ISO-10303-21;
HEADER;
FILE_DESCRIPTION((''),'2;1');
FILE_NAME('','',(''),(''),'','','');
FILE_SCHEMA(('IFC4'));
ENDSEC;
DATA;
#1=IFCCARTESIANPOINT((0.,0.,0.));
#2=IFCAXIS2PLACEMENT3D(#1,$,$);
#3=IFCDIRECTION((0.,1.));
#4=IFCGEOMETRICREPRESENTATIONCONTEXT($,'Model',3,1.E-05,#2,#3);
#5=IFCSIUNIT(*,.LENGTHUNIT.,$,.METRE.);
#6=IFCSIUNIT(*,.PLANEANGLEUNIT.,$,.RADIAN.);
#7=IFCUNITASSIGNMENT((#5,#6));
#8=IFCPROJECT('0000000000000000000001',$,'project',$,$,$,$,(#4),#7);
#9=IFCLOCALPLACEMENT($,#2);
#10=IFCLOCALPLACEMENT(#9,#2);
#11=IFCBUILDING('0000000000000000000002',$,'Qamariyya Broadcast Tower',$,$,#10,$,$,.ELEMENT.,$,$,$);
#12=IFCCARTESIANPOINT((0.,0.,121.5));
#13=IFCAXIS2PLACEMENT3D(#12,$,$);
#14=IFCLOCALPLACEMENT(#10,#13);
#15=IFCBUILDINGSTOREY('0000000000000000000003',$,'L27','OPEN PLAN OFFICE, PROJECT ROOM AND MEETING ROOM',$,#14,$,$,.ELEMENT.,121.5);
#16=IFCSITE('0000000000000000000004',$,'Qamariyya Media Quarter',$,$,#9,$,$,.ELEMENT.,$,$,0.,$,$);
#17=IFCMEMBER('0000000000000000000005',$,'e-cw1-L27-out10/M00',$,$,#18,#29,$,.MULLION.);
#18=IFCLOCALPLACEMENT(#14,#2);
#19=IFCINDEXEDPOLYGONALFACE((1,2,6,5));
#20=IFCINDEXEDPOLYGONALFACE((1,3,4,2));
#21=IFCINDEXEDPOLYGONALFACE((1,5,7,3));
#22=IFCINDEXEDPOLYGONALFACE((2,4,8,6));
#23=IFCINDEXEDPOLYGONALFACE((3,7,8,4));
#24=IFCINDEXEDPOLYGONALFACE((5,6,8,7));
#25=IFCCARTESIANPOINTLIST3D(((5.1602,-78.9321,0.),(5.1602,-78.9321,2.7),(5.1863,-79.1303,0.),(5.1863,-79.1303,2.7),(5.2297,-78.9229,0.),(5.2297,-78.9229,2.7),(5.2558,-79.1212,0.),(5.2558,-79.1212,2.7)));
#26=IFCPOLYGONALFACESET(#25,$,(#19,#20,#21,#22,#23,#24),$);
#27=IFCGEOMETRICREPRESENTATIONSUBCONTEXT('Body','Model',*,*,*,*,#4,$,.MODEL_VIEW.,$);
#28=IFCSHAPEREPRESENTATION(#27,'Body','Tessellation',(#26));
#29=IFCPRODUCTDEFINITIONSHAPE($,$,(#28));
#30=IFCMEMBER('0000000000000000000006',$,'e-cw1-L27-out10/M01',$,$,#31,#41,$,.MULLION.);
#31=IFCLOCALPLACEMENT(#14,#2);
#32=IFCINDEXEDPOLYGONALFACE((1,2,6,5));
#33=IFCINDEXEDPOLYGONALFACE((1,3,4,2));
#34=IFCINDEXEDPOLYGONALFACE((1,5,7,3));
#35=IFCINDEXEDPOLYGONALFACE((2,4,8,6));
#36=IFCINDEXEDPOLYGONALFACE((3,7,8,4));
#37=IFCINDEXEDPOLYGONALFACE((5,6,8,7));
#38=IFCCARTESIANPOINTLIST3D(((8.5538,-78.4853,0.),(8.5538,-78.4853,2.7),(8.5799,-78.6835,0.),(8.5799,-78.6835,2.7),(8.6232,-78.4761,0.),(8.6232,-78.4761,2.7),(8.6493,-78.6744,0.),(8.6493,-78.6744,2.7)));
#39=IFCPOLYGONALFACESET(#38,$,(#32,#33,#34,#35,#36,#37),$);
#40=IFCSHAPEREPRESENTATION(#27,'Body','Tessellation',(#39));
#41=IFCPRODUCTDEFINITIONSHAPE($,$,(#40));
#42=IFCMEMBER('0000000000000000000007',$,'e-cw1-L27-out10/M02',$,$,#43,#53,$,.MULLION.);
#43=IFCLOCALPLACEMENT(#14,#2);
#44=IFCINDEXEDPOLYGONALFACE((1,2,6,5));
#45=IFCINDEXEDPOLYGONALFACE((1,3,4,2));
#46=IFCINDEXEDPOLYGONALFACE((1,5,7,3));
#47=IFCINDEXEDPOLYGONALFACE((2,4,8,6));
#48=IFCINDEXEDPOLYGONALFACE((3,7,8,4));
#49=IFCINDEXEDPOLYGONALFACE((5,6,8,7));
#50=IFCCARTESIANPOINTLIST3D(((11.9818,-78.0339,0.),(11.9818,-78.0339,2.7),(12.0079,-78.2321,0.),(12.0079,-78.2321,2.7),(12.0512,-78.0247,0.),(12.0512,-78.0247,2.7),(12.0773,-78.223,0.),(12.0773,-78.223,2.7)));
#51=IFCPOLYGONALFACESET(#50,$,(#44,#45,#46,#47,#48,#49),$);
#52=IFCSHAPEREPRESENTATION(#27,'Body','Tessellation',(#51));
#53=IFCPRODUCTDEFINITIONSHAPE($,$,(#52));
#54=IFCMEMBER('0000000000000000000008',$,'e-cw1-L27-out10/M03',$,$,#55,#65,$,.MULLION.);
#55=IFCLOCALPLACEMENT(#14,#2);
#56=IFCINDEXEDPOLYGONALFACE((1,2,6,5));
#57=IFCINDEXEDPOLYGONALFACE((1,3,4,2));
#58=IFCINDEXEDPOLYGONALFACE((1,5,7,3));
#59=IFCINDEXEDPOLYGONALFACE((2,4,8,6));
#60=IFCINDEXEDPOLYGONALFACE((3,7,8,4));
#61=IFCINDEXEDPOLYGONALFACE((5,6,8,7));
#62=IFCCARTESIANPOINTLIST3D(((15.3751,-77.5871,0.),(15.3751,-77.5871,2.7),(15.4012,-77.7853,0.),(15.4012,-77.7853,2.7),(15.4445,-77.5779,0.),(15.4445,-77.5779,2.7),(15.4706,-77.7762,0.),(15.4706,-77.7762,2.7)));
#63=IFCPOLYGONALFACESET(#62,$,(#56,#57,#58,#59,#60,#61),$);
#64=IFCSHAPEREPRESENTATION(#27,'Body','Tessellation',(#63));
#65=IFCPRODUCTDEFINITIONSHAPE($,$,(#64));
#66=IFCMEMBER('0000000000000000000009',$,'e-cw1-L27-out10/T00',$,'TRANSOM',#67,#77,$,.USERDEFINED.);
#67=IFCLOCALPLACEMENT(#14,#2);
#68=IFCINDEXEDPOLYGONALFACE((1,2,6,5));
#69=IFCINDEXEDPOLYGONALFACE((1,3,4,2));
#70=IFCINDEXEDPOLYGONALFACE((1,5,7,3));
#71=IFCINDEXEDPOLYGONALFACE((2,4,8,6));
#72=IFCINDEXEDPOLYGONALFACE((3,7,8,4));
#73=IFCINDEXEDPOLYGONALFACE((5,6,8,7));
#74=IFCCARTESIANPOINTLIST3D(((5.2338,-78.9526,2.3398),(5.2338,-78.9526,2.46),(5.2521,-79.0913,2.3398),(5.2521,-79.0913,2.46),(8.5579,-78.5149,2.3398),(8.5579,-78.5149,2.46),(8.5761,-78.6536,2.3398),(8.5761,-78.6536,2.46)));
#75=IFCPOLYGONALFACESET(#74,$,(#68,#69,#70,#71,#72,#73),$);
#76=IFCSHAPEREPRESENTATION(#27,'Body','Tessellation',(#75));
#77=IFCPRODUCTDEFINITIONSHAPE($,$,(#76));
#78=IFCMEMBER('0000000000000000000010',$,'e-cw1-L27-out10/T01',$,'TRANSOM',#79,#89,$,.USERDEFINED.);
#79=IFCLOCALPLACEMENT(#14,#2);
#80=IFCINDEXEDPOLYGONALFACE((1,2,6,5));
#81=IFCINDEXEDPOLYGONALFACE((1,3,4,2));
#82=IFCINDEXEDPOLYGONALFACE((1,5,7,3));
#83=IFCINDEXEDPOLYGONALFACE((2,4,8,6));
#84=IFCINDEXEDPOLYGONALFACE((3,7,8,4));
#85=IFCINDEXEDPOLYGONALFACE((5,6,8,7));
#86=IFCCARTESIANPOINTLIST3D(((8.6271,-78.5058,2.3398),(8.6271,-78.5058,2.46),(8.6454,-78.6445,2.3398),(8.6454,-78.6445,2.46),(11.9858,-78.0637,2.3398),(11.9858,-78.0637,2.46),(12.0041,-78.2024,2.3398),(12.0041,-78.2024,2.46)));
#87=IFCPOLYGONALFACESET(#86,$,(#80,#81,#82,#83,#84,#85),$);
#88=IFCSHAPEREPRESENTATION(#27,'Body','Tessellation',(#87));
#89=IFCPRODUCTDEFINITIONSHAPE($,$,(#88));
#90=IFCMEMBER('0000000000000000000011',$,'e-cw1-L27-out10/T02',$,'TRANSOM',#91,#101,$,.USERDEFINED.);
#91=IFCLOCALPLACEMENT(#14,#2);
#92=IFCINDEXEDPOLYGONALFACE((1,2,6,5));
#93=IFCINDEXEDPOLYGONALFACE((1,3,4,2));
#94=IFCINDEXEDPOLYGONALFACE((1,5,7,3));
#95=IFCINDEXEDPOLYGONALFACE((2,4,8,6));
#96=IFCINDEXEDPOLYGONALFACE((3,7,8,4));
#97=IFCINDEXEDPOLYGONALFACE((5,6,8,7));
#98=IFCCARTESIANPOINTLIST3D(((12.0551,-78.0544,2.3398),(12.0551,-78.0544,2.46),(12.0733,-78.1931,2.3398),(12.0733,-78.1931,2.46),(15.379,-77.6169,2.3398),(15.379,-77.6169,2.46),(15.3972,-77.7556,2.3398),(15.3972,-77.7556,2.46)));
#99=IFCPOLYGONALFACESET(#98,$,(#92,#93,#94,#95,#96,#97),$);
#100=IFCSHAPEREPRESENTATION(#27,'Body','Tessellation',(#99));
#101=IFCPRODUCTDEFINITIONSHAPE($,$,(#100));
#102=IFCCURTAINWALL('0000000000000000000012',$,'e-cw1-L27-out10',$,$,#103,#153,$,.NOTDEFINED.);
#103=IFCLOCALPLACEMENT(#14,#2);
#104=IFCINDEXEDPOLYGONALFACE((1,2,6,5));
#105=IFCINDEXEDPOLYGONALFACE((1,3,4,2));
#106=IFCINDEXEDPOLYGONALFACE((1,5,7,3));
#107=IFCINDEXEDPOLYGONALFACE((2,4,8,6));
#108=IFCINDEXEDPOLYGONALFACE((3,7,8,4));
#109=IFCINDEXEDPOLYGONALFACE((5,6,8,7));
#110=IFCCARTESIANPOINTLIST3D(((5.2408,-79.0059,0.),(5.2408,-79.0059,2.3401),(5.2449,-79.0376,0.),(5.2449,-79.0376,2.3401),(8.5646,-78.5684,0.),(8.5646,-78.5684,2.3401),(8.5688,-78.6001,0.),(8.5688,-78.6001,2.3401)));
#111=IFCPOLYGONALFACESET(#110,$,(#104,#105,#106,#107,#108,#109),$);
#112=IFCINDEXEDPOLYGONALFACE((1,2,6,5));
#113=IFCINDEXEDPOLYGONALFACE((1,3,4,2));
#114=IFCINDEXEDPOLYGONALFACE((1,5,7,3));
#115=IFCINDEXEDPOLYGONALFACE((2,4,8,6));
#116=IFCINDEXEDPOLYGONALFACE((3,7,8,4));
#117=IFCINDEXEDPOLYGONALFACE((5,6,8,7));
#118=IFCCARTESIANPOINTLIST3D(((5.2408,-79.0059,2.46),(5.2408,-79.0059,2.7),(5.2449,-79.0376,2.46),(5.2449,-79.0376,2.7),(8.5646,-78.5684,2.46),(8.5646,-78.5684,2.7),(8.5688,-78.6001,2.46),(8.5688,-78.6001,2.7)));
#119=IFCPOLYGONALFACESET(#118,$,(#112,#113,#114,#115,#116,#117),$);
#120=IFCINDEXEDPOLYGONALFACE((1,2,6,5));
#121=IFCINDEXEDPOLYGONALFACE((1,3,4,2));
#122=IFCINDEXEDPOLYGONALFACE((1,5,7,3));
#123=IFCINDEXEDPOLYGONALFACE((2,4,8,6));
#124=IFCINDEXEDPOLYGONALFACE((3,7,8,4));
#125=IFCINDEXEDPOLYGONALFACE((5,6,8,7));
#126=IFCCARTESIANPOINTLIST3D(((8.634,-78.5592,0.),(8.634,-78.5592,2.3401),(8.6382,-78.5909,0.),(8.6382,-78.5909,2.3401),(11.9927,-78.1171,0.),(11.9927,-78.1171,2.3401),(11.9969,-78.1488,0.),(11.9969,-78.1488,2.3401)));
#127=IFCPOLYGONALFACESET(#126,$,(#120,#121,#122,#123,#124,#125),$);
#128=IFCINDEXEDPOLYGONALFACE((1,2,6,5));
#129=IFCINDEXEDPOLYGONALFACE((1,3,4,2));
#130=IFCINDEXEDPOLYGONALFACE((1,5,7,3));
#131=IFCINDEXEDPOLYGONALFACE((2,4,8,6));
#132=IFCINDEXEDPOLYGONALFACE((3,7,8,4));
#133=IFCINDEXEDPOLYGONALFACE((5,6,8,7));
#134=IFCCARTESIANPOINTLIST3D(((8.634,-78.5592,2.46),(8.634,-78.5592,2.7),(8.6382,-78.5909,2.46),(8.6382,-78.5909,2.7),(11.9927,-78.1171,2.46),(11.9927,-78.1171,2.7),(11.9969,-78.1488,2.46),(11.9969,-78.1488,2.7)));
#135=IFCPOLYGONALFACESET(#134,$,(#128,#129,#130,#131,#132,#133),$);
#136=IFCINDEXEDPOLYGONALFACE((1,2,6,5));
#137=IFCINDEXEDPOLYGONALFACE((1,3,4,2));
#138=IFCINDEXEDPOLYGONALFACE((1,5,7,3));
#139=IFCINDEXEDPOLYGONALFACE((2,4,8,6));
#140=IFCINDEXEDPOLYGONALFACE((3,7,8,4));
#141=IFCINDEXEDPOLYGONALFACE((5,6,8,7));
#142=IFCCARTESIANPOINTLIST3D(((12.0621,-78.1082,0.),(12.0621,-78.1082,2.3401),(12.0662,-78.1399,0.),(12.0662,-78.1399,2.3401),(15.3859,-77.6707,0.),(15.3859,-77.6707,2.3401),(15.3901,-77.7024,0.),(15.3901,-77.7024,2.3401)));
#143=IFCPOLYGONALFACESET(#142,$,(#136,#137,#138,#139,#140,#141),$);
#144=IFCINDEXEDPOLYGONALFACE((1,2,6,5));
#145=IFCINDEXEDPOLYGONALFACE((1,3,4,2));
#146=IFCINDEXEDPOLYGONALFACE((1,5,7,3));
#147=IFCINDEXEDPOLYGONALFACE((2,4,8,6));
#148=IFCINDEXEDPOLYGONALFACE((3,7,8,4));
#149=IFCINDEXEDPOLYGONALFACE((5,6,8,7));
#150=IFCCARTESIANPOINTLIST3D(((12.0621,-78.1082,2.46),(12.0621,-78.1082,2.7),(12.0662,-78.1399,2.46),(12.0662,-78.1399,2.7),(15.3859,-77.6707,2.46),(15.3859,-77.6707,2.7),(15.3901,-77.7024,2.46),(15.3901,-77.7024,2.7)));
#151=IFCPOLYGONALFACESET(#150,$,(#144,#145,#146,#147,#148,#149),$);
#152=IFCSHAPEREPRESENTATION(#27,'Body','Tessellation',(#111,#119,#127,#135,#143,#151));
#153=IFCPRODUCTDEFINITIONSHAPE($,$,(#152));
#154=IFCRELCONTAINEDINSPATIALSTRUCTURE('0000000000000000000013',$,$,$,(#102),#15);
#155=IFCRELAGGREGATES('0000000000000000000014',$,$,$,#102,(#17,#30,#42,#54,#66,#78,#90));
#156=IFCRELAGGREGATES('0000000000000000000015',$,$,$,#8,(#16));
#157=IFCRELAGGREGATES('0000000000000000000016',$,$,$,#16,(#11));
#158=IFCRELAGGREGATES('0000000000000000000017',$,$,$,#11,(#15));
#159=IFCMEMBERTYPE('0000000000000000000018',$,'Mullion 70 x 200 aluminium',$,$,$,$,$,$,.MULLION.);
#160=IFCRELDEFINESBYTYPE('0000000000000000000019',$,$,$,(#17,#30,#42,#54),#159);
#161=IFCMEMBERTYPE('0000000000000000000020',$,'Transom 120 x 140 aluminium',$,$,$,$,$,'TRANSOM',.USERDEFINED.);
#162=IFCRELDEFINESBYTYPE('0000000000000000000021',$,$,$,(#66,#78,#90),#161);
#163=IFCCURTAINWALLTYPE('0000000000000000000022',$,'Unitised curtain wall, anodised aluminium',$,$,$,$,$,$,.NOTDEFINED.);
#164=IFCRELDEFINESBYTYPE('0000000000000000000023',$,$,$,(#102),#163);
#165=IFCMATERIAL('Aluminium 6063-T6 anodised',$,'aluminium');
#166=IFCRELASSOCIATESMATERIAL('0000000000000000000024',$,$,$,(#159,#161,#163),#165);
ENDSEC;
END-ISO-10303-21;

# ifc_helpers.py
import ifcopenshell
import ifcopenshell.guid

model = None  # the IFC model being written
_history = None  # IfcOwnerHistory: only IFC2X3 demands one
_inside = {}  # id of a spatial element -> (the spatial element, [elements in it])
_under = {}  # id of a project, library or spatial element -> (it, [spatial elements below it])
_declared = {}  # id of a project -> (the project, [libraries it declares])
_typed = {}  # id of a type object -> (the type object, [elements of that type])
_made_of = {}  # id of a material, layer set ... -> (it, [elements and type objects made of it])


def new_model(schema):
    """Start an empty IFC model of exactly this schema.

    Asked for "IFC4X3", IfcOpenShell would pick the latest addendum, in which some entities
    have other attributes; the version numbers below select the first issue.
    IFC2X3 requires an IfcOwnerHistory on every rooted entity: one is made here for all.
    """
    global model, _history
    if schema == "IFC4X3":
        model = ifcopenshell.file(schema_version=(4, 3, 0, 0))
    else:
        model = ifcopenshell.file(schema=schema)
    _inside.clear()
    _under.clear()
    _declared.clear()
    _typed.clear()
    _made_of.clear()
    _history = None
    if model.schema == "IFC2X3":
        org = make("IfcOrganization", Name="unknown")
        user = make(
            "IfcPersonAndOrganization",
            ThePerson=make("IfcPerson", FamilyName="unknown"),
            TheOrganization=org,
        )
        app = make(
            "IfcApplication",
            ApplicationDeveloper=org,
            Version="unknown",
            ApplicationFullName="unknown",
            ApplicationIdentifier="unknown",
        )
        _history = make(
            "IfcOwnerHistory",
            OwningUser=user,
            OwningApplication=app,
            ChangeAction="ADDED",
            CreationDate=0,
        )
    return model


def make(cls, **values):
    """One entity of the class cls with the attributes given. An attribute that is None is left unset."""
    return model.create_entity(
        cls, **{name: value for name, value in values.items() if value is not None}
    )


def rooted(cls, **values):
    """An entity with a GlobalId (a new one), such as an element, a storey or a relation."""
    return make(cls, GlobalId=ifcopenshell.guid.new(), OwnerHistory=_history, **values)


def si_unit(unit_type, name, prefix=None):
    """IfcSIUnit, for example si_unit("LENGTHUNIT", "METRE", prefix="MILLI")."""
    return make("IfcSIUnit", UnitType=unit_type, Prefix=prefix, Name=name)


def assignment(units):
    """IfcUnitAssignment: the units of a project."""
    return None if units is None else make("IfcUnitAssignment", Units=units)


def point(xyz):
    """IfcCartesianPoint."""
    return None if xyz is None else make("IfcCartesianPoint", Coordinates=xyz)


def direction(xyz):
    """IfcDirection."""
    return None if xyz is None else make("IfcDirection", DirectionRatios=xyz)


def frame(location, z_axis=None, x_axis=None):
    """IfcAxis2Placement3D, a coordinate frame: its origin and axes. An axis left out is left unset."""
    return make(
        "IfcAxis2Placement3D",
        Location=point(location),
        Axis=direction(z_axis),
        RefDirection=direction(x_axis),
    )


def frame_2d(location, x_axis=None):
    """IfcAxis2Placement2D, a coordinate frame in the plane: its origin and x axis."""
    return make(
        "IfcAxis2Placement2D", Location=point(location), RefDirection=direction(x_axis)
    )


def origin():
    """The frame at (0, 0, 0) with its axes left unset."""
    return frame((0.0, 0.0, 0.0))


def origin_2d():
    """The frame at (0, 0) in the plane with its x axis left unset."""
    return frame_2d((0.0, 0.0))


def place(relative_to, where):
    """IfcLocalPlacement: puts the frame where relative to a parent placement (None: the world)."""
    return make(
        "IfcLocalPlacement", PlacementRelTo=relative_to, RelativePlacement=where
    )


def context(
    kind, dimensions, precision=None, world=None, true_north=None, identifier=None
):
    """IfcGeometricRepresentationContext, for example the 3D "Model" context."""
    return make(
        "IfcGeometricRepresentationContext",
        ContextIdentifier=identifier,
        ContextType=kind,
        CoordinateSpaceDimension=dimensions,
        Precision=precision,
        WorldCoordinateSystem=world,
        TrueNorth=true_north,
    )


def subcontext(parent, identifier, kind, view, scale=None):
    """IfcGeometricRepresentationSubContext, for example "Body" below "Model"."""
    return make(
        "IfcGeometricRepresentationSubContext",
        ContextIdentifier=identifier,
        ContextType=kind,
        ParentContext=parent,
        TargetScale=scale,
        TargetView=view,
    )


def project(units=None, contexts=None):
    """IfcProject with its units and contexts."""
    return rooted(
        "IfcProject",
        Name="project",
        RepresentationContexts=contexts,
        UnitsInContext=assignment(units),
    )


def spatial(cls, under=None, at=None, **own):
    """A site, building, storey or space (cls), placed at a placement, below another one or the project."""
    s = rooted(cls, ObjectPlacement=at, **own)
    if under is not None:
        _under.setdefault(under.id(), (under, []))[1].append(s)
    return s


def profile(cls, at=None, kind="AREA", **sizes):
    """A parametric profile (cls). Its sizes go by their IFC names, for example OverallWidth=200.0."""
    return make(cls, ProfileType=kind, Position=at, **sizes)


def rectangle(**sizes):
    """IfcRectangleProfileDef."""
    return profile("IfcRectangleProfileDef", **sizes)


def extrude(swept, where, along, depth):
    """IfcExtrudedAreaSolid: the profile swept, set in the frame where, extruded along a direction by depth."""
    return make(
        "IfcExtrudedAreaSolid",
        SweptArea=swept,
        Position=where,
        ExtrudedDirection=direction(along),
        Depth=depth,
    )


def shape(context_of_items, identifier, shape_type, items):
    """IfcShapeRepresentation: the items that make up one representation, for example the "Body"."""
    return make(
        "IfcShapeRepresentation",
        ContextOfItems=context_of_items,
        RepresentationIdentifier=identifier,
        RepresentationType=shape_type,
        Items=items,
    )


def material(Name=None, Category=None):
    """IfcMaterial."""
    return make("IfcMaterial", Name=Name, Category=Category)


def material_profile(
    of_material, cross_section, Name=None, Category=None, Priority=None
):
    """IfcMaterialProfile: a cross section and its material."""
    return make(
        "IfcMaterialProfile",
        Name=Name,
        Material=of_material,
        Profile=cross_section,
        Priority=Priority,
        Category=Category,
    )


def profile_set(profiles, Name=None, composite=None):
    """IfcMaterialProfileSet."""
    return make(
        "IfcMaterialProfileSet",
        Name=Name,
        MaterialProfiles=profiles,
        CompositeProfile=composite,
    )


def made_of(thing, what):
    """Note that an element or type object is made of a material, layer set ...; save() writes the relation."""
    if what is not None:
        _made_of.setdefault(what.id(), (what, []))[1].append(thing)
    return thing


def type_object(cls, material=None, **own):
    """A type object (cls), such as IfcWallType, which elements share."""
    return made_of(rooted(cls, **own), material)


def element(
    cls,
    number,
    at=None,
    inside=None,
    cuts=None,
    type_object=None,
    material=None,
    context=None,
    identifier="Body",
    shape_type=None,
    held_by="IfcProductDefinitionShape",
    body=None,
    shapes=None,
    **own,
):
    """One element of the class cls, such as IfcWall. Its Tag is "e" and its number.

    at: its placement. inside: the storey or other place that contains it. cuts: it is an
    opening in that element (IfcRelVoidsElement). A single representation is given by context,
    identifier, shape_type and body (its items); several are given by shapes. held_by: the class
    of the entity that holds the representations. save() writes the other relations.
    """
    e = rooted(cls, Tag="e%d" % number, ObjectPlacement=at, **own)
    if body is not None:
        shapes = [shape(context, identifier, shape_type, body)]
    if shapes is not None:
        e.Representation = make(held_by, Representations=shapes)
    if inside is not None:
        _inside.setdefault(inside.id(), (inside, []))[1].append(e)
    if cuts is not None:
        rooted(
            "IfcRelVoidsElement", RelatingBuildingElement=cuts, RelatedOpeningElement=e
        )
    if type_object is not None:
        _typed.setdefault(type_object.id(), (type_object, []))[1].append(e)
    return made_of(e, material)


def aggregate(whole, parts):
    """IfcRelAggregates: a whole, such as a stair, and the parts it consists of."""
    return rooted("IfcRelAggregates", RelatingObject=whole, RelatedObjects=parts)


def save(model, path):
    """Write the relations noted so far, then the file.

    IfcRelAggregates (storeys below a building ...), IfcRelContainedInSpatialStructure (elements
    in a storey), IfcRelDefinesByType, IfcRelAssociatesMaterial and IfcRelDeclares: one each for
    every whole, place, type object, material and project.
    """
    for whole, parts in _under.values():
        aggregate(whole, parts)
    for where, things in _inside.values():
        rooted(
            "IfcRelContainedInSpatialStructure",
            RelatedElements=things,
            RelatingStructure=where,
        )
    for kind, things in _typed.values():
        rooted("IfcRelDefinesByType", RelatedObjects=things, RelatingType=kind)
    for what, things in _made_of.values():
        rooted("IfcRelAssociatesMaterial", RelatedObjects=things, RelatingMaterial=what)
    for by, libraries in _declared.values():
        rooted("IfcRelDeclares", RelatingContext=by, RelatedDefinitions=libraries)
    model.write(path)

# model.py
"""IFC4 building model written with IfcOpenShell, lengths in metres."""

from ifc_helpers import new_model, si_unit, direction, frame, origin, origin_2d, place, context, subcontext, project, spatial, rectangle, extrude, material, material_profile, profile_set, type_object, element, aggregate, save


model = new_model("IFC4")

# Units and contexts
model_context = context("Model", 3, precision=1e-05, world=origin(), true_north=direction((0.0, 1.0)))
body_context = subcontext(model_context, "Body", "Model", "MODEL_VIEW")
ifc_project = project(units=[si_unit("LENGTHUNIT", "METRE"), si_unit("PLANEANGLEUNIT", "RADIAN")], contexts=[model_context])

# Members
ifc_material = material(Name="Aluminium 6063-T6 anodised", Category="aluminium")
ifc_material_profile_1 = material_profile(ifc_material, rectangle(XDim=0.2, YDim=0.0701, at=origin_2d()))
ifc_profile_set_1 = profile_set([ifc_material_profile_1], Name="Aluminium 6063-T6 anodised")
member_type_1 = type_object("IfcMemberType", Name="Mullion 70 x 200 aluminium", PredefinedType="MULLION", material=ifc_profile_set_1)
site_placement = place(None, origin())
building_placement = place(site_placement, origin())
storey_placement = place(building_placement, frame((0.0, 0.0, 121.5)))
member_1_placement = place(storey_placement, frame((5.208, -79.0266, 0.0), z_axis=(0.0, 0.0, 1.0), x_axis=(-0.130526, 0.991445, 0.0)))
member_1 = element("IfcMember", 1, at=member_1_placement, type_object=member_type_1, Name="e-cw1-L27-out10/M00", PredefinedType="MULLION", context=body_context, shape_type="SweptSolid", body=[
    extrude(rectangle(XDim=0.2, YDim=0.0701, at=origin_2d()), origin(), (0.0, 0.0, 1.0), 2.7),
])
member_2_placement = place(storey_placement, frame((8.6016, -78.5798, 0.0), z_axis=(0.0, 0.0, 1.0), x_axis=(-0.130526, 0.991445, 0.0)))
member_2 = element("IfcMember", 2, at=member_2_placement, type_object=member_type_1, Name="e-cw1-L27-out10/M01", PredefinedType="MULLION", context=body_context, shape_type="SweptSolid", body=[
    extrude(rectangle(XDim=0.2, YDim=0.0701, at=origin_2d()), origin(), (0.0, 0.0, 1.0), 2.7),
])
member_3_placement = place(storey_placement, frame((12.0295, -78.1284, 0.0), z_axis=(0.0, 0.0, 1.0), x_axis=(-0.130526, 0.991445, 0.0)))
member_3 = element("IfcMember", 3, at=member_3_placement, type_object=member_type_1, Name="e-cw1-L27-out10/M02", PredefinedType="MULLION", context=body_context, shape_type="SweptSolid", body=[
    extrude(rectangle(XDim=0.2, YDim=0.0701, at=origin_2d()), origin(), (0.0, 0.0, 1.0), 2.7),
])
member_4_placement = place(storey_placement, frame((15.4229, -77.6816, 0.0), z_axis=(0.0, 0.0, 1.0), x_axis=(-0.130526, 0.991445, 0.0)))
member_4 = element("IfcMember", 4, at=member_4_placement, type_object=member_type_1, Name="e-cw1-L27-out10/M03", PredefinedType="MULLION", context=body_context, shape_type="SweptSolid", body=[
    extrude(rectangle(XDim=0.2, YDim=0.0701, at=origin_2d()), origin(), (0.0, 0.0, 1.0), 2.7),
])
ifc_material_profile_2 = material_profile(ifc_material, rectangle(XDim=0.1399, YDim=0.1201, at=origin_2d()))
ifc_profile_set_2 = profile_set([ifc_material_profile_2], Name="Aluminium 6063-T6 anodised")
member_type_2 = type_object("IfcMemberType", Name="Transom 120 x 140 aluminium", ElementType="TRANSOM", PredefinedType="USERDEFINED", material=ifc_profile_set_2)
member_5_placement = place(storey_placement, frame((5.2429, -79.022, 2.3999), z_axis=(0.99144, 0.130566, 0.0), x_axis=(-0.130566, 0.99144, 0.0)))
member_5 = element("IfcMember", 5, at=member_5_placement, type_object=member_type_2, Name="e-cw1-L27-out10/T00", ObjectType="TRANSOM", PredefinedType="USERDEFINED", context=body_context, shape_type="SweptSolid", body=[
    extrude(rectangle(XDim=0.1399, YDim=0.1201, at=origin_2d()), origin(), (0.0, 0.0, 1.0), 3.3528),
])
member_6_placement = place(storey_placement, frame((8.6362, -78.5752, 2.3999), z_axis=(0.991446, 0.130516, 0.0), x_axis=(-0.130516, 0.991446, 0.0)))
member_6 = element("IfcMember", 6, at=member_6_placement, type_object=member_type_2, Name="e-cw1-L27-out10/T01", ObjectType="TRANSOM", PredefinedType="USERDEFINED", context=body_context, shape_type="SweptSolid", body=[
    extrude(rectangle(XDim=0.1399, YDim=0.1201, at=origin_2d()), origin(), (0.0, 0.0, 1.0), 3.3877),
])
member_7_placement = place(storey_placement, frame((12.0642, -78.1238, 2.3999), z_axis=(0.991449, 0.130494, 0.0), x_axis=(-0.130494, 0.991449, 0.0)))
member_7 = element("IfcMember", 7, at=member_7_placement, type_object=member_type_2, Name="e-cw1-L27-out10/T02", ObjectType="TRANSOM", PredefinedType="USERDEFINED", context=body_context, shape_type="SweptSolid", body=[
    extrude(rectangle(XDim=0.1399, YDim=0.1201, at=origin_2d()), origin(), (0.0, 0.0, 1.0), 3.3525),
])

# Site, building, storey
site = spatial("IfcSite", under=ifc_project, at=site_placement, Name="Qamariyya Media Quarter", CompositionType="ELEMENT", RefElevation=0.0)
building = spatial("IfcBuilding", under=site, at=building_placement, Name="Qamariyya Broadcast Tower", CompositionType="ELEMENT")
storey = spatial("IfcBuildingStorey", under=building, at=storey_placement, Name="L27", Description="OPEN PLAN OFFICE, PROJECT ROOM AND MEETING ROOM", CompositionType="ELEMENT", Elevation=121.5)

# Curtain wall
curtain_wall_type = type_object("IfcCurtainWallType", Name="Unitised curtain wall, anodised aluminium", PredefinedType="NOTDEFINED", material=ifc_material)
curtain_wall_1_placement = place(storey_placement, origin())
curtain_wall_1 = element("IfcCurtainWall", 8, at=curtain_wall_1_placement, inside=storey, type_object=curtain_wall_type, Name="e-cw1-L27-out10", PredefinedType="NOTDEFINED", context=body_context, shape_type="SweptSolid", body=[
    extrude(rectangle(XDim=3.3525, YDim=0.032, at=origin_2d()), frame((6.9048, -78.803, 0.0), x_axis=(0.991447, 0.130509, 0.0)), (0.0, 0.0, 1.0), 2.3401),
    extrude(rectangle(XDim=3.3525, YDim=0.032, at=origin_2d()), frame((6.9048, -78.803, 2.46), x_axis=(0.991447, 0.130509, 0.0)), (0.0, 0.0, 1.0), 0.24),
    extrude(rectangle(XDim=3.3877, YDim=0.032, at=origin_2d()), frame((10.3154, -78.354, 0.0), x_axis=(0.991447, 0.130509, 0.0)), (0.0, 0.0, 1.0), 2.3401),
    extrude(rectangle(XDim=3.3877, YDim=0.032, at=origin_2d()), frame((10.3154, -78.354, 2.46), x_axis=(0.991447, 0.130509, 0.0)), (0.0, 0.0, 1.0), 0.24),
    extrude(rectangle(XDim=3.3525, YDim=0.032, at=origin_2d()), frame((13.7261, -77.9053, 0.0), x_axis=(0.991447, 0.130509, 0.0)), (0.0, 0.0, 1.0), 2.3401),
    extrude(rectangle(XDim=3.3525, YDim=0.032, at=origin_2d()), frame((13.7261, -77.9053, 2.46), x_axis=(0.991447, 0.130509, 0.0)), (0.0, 0.0, 1.0), 0.24),
])
aggregate(curtain_wall_1, [member_1, member_2, member_3, member_4, member_5, member_6, member_7])

save(model, "model.ifc")
